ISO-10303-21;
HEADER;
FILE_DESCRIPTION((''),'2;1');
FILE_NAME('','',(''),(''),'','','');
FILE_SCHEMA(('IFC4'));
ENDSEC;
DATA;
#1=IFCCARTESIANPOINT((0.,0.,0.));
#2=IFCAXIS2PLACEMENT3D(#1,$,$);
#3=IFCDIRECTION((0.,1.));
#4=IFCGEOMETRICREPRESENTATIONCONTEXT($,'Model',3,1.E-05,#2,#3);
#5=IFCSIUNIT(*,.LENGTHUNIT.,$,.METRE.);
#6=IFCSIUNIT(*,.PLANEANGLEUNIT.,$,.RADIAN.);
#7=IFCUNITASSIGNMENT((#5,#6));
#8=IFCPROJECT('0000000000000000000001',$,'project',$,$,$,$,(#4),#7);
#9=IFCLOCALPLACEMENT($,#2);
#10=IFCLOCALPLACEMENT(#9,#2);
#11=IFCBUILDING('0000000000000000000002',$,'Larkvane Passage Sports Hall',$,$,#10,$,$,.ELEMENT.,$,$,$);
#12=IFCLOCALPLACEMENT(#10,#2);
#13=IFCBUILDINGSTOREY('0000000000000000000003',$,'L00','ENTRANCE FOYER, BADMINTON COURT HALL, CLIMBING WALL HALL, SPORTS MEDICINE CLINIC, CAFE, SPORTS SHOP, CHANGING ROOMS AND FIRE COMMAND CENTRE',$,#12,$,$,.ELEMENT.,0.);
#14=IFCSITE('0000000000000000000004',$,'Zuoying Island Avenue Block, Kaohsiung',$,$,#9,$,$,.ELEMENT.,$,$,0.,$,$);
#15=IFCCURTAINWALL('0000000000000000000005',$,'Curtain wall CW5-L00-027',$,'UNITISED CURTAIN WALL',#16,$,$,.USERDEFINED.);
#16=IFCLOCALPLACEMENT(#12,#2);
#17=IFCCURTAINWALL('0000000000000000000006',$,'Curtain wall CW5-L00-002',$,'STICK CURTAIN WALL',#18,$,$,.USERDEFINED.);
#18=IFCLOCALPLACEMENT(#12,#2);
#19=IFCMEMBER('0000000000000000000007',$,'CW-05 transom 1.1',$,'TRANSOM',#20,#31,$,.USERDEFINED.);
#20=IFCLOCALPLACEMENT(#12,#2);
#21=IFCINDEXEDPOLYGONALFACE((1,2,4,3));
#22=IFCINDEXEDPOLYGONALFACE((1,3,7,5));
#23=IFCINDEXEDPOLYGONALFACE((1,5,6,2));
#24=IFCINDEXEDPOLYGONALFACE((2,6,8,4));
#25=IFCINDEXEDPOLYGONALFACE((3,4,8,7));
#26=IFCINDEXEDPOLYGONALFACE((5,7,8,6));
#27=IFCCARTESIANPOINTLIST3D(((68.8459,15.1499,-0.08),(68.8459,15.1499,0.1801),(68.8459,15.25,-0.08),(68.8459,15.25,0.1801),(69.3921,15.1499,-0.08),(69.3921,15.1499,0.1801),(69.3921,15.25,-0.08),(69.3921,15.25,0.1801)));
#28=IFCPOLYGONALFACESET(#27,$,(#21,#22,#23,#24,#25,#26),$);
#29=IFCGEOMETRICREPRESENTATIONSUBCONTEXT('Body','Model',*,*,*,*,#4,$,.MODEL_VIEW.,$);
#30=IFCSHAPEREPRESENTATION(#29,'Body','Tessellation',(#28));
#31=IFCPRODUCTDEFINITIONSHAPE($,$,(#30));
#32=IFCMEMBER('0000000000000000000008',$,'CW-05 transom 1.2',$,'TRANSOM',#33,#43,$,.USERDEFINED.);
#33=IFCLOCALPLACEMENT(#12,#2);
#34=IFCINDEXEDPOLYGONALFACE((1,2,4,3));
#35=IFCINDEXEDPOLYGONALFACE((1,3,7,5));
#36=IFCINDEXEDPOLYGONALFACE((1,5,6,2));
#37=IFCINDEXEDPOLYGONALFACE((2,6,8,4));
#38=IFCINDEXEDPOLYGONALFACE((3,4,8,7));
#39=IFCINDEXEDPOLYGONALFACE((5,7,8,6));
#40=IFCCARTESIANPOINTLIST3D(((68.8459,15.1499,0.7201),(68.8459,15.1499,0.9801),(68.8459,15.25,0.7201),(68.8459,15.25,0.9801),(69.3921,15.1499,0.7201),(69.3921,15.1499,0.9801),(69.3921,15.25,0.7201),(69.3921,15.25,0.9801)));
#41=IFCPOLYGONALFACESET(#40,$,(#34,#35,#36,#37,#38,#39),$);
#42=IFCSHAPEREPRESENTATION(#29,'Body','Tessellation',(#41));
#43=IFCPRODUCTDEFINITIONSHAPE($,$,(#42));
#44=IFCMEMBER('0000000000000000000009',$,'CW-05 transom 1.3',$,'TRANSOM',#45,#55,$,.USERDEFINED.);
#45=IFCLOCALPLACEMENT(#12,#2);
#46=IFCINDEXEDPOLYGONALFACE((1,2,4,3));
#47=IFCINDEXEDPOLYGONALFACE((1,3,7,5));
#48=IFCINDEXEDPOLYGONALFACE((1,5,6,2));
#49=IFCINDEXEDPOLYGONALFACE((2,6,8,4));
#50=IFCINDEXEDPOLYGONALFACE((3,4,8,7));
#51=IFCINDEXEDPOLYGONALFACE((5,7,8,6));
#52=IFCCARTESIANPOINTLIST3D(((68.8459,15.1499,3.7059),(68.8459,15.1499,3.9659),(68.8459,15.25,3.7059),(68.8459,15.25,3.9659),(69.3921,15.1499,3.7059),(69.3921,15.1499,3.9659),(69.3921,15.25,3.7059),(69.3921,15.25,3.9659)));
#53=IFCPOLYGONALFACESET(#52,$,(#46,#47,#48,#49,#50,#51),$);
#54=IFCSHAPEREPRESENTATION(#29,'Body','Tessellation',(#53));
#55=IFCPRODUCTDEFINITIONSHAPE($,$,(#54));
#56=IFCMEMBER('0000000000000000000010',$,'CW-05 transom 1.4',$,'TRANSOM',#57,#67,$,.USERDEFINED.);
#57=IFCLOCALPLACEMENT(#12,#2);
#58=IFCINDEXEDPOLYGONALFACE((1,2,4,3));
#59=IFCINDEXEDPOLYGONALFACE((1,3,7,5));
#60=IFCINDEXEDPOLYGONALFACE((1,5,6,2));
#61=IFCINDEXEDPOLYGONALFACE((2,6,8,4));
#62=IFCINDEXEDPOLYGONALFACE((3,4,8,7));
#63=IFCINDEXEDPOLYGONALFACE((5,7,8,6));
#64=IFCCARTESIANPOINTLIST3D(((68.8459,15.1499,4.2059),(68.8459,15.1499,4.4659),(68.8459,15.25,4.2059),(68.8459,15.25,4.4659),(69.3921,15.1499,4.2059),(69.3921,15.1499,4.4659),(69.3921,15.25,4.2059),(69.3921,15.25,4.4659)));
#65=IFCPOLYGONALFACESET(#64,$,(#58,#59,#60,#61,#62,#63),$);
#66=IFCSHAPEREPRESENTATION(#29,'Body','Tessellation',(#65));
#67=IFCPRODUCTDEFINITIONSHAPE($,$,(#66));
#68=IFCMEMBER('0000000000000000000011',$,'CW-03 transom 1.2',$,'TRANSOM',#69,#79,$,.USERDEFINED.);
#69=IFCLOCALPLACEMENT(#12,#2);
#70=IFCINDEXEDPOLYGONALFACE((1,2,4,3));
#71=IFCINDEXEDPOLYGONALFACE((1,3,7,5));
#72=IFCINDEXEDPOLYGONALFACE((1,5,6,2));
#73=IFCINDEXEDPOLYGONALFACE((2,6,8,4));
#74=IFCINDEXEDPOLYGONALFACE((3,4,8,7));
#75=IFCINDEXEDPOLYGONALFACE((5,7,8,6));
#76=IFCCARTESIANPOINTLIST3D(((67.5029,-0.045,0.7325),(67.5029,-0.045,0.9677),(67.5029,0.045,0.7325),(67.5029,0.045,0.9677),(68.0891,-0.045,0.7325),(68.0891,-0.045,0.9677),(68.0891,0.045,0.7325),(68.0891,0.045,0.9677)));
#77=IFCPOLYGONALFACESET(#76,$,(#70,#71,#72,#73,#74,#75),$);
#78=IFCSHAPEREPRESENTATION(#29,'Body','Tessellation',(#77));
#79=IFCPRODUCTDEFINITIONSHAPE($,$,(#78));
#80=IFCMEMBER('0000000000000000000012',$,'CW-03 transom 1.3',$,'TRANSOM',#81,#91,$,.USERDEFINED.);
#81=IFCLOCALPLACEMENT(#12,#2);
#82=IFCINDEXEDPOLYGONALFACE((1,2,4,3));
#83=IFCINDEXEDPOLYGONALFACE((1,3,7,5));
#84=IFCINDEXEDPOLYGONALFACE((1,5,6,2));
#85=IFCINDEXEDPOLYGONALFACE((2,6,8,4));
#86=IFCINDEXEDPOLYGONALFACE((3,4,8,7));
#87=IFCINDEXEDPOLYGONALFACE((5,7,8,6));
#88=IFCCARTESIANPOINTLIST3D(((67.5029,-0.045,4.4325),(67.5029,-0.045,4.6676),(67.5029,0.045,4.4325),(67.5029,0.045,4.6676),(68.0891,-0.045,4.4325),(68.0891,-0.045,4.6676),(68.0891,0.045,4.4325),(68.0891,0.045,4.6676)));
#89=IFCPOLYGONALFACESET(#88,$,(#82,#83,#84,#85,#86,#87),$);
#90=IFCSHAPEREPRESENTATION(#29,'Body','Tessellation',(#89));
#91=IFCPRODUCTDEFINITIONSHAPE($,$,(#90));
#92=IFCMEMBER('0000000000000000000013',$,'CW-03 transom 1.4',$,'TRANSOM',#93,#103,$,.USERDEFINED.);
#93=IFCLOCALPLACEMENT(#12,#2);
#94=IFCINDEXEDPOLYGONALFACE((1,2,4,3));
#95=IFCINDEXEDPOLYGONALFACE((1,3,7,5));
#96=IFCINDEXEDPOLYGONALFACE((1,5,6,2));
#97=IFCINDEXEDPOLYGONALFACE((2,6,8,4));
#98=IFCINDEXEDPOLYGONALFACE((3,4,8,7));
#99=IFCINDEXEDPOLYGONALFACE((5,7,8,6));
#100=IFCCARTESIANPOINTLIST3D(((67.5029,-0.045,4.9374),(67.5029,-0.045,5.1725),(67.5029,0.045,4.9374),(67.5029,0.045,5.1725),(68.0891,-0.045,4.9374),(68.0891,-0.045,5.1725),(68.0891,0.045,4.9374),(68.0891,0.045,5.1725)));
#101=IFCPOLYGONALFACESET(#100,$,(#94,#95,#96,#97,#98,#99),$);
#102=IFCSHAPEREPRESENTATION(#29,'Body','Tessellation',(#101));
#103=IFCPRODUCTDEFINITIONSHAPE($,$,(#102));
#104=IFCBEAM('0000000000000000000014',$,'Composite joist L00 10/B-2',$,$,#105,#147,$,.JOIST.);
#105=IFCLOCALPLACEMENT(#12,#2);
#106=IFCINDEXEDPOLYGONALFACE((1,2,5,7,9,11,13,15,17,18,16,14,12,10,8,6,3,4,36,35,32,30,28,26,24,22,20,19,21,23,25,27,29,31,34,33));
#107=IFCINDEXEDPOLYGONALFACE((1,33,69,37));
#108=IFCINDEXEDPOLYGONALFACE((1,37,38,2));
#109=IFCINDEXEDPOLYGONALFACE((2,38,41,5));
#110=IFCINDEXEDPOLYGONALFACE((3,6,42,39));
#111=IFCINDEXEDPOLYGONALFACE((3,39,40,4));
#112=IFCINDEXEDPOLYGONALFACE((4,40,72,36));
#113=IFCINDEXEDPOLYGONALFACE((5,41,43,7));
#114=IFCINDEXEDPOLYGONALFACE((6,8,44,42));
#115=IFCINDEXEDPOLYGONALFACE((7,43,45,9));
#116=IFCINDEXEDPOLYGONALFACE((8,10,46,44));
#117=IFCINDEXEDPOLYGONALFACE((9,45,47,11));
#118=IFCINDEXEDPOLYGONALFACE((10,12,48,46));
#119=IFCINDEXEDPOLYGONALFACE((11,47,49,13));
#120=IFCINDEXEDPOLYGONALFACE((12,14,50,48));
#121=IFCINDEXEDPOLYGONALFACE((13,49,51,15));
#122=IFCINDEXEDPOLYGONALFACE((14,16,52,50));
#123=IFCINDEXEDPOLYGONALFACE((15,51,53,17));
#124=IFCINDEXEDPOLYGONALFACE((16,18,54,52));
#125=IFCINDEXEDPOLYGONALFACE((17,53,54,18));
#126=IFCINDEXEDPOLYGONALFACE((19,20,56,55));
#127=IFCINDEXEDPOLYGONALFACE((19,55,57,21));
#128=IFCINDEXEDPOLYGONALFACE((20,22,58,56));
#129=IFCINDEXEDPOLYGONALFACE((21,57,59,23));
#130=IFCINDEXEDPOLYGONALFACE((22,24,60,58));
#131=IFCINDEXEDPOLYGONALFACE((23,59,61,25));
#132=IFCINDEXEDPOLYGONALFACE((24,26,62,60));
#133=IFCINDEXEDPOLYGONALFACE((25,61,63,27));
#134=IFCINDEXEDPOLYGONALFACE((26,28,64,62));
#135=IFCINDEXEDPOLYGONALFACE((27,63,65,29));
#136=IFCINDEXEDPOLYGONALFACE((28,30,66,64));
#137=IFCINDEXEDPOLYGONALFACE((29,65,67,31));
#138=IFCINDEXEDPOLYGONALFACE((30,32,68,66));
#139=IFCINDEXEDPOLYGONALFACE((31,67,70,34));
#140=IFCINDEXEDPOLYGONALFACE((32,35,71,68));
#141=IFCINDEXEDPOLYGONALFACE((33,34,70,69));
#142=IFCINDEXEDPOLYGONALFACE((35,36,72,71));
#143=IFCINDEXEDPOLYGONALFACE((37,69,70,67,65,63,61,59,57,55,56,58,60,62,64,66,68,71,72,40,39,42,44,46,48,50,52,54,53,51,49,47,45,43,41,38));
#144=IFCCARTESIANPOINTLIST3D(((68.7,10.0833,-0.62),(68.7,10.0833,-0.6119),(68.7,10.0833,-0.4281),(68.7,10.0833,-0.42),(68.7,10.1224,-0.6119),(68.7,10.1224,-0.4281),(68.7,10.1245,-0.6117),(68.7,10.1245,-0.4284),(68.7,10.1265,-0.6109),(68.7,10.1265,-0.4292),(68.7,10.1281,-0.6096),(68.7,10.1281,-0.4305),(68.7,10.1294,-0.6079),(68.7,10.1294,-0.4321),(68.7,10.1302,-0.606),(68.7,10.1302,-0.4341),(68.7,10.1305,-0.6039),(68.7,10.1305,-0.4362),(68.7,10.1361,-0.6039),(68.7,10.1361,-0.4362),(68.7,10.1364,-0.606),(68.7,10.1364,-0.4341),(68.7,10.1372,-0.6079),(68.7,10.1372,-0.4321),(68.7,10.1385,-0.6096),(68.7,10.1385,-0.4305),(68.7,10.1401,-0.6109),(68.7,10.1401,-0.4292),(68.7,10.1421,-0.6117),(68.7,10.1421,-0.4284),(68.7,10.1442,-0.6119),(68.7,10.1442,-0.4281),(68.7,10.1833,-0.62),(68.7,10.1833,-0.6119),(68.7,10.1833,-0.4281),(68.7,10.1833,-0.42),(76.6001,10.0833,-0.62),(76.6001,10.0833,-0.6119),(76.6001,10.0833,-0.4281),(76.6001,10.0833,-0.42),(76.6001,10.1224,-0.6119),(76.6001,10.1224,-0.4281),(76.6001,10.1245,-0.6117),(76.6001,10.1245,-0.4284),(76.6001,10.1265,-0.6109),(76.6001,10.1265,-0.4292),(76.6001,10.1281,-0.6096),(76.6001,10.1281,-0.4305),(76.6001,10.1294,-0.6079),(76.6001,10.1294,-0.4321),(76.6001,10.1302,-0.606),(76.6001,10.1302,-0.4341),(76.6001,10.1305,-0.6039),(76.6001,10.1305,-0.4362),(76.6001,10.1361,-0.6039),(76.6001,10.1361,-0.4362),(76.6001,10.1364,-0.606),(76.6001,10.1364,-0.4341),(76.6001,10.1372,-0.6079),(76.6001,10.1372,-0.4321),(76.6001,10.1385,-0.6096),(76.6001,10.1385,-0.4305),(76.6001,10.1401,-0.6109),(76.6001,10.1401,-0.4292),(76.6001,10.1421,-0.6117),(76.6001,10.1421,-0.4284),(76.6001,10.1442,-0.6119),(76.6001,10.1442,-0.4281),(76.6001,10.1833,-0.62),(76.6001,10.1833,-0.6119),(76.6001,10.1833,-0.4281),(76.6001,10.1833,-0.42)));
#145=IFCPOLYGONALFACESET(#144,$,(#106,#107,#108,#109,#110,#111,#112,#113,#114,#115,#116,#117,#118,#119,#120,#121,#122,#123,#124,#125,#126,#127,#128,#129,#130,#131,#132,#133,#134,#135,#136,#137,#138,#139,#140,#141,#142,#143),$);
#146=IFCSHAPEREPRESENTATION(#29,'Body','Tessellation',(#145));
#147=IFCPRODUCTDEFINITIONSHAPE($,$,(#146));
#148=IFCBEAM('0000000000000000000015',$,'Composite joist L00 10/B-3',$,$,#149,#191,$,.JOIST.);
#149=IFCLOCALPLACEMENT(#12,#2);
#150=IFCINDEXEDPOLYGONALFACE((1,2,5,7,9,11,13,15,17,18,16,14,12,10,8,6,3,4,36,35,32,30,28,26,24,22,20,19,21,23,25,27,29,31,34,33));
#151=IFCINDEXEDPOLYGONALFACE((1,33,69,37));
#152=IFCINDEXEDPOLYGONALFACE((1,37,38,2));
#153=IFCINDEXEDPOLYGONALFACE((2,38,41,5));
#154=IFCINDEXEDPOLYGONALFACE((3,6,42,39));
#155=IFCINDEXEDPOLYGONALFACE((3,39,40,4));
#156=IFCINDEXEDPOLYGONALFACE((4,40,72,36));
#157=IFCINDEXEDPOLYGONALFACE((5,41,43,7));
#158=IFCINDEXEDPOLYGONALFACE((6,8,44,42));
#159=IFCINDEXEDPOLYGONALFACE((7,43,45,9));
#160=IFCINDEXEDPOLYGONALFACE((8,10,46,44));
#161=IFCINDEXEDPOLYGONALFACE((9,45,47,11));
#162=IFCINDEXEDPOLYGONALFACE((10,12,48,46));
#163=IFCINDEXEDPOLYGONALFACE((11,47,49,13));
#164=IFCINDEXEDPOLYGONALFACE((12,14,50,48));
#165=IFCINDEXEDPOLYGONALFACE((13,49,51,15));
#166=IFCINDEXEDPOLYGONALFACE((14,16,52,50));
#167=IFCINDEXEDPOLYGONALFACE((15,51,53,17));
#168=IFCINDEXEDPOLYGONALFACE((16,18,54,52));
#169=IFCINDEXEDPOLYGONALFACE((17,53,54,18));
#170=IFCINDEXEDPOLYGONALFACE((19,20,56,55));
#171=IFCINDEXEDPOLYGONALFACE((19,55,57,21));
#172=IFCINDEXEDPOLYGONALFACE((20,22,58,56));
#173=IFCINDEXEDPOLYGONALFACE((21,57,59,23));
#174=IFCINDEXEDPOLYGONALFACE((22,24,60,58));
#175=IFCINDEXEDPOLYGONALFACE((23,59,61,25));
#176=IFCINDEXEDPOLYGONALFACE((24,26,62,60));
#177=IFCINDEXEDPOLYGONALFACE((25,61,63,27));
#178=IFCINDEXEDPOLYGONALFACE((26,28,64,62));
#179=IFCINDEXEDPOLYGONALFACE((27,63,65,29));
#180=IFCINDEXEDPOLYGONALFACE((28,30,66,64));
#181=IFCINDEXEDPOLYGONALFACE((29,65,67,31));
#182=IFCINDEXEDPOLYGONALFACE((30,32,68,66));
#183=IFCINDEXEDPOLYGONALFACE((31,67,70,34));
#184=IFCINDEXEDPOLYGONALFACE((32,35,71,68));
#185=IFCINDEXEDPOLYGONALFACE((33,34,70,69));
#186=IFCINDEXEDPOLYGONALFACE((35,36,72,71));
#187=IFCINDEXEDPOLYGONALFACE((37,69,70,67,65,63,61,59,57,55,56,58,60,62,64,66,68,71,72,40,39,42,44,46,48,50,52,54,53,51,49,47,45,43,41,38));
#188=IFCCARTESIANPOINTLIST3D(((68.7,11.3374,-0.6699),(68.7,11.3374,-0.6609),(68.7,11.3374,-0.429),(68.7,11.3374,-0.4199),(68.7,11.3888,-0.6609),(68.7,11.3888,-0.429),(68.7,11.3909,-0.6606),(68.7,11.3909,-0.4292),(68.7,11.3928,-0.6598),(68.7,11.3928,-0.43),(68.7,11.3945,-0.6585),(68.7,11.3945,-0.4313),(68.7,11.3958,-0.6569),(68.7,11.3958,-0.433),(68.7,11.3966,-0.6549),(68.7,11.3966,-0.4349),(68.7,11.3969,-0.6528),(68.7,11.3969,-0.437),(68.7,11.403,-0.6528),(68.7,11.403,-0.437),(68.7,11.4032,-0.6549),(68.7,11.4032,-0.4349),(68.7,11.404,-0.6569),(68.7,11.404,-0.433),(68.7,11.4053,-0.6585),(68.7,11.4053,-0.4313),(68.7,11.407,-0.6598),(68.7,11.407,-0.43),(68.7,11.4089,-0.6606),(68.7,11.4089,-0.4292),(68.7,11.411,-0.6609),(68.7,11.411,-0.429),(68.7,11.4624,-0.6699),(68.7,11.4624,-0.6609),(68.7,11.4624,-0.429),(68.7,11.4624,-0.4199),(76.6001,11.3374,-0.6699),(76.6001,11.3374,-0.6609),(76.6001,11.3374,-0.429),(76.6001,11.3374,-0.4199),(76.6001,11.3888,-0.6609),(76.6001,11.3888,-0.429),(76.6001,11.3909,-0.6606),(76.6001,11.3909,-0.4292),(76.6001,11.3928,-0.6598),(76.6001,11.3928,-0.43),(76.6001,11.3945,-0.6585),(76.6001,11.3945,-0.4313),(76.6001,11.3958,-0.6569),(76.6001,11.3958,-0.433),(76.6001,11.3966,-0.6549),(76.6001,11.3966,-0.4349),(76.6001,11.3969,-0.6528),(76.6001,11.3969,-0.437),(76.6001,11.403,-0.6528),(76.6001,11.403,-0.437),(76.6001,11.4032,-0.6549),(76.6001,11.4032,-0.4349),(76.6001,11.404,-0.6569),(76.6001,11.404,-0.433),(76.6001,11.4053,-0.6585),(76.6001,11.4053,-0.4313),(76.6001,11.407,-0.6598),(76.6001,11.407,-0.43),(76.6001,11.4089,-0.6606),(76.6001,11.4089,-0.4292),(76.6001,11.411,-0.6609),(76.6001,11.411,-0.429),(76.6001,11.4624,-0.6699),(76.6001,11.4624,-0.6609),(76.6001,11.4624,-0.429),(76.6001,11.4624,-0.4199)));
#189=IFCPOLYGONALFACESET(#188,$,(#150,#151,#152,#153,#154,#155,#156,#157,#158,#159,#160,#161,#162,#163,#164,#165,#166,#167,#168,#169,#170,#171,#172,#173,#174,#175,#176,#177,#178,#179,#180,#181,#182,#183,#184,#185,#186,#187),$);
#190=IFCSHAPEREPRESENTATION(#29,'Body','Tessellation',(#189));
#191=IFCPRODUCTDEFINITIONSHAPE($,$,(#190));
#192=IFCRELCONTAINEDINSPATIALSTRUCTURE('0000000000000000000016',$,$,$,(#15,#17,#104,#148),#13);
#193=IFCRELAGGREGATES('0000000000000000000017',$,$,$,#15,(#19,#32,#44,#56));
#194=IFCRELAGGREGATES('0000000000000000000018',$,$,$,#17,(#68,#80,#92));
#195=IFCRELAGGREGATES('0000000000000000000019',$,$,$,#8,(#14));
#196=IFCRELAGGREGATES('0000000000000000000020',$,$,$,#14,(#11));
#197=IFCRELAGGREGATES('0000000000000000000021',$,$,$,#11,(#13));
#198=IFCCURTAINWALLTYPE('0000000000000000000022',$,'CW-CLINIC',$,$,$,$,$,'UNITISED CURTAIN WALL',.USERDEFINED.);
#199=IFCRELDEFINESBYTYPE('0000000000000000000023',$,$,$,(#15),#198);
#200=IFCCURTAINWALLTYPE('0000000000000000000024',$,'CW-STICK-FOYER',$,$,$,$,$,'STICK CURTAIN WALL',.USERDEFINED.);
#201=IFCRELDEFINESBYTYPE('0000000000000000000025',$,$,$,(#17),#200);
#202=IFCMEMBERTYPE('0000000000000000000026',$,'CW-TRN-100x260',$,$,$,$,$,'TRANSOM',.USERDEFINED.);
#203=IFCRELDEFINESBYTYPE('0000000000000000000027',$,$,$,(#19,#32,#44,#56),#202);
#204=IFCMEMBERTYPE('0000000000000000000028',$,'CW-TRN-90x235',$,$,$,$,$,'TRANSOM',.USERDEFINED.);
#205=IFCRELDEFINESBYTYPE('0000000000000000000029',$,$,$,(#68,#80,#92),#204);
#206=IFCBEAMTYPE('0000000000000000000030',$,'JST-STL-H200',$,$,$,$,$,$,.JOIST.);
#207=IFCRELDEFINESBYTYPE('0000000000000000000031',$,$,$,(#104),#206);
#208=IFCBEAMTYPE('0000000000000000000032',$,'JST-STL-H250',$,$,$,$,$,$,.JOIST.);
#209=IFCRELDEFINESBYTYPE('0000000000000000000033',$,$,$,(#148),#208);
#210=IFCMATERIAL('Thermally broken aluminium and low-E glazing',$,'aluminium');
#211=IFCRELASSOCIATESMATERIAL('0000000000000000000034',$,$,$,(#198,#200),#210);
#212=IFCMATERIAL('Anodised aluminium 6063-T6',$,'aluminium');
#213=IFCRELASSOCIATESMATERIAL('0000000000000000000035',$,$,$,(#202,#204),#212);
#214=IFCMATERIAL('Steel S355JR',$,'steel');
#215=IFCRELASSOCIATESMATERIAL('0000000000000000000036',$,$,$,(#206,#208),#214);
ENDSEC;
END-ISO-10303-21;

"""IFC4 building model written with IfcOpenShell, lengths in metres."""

from ifc_helpers import new_model, si_unit, direction, frame, origin, origin_2d, place, context, subcontext, project, spatial, rectangle, i_section, extrude, material, material_profile, profile_set, type_object, element, aggregate, save


model = new_model("IFC4")

# Units and contexts
model_context = context("Model", 3, precision=1e-05, world=origin(), true_north=direction((0.0, 1.0)))
body_context = subcontext(model_context, "Body", "Model", "MODEL_VIEW")
ifc_project = project(units=[si_unit("LENGTHUNIT", "METRE"), si_unit("PLANEANGLEUNIT", "RADIAN")], contexts=[model_context])

# Site, building, storey
site_placement = place(None, origin())
site = spatial("IfcSite", under=ifc_project, at=site_placement, Name="Zuoying Island Avenue Block, Kaohsiung", CompositionType="ELEMENT", RefElevation=0.0)
building_placement = place(site_placement, origin())
building = spatial("IfcBuilding", under=site, at=building_placement, Name="Larkvane Passage Sports Hall", CompositionType="ELEMENT")
storey_placement = place(building_placement, origin())
storey = spatial("IfcBuildingStorey", under=building, at=storey_placement, Name="L00", Description="ENTRANCE FOYER, BADMINTON COURT HALL, CLIMBING WALL HALL, SPORTS MEDICINE CLINIC, CAFE, SPORTS SHOP, CHANGING ROOMS AND FIRE COMMAND CENTRE", CompositionType="ELEMENT", Elevation=0.0)

# Curtain walls
ifc_material_1 = material(Name="Thermally broken aluminium and low-E glazing", Category="aluminium")
curtain_wall_type_1 = type_object("IfcCurtainWallType", Name="CW-CLINIC", ElementType="UNITISED CURTAIN WALL", PredefinedType="USERDEFINED", material=ifc_material_1)
curtain_wall_1_placement = place(storey_placement, origin())
curtain_wall_1 = element("IfcCurtainWall", 1, at=curtain_wall_1_placement, inside=storey, type_object=curtain_wall_type_1, Name="Curtain wall CW5-L00-027", ObjectType="UNITISED CURTAIN WALL", PredefinedType="USERDEFINED")
ifc_material_2 = material(Name="Anodised aluminium 6063-T6", Category="aluminium")
curtain_wall_type_2 = type_object("IfcCurtainWallType", Name="CW-STICK-FOYER", ElementType="STICK CURTAIN WALL", PredefinedType="USERDEFINED", material=ifc_material_1)
curtain_wall_2_placement = place(storey_placement, origin())
curtain_wall_2 = element("IfcCurtainWall", 2, at=curtain_wall_2_placement, inside=storey, type_object=curtain_wall_type_2, Name="Curtain wall CW5-L00-002", ObjectType="STICK CURTAIN WALL", PredefinedType="USERDEFINED")

# Members
ifc_material_profile_1 = material_profile(ifc_material_2, rectangle(XDim=0.1001, YDim=0.26, at=origin_2d()), Name="ALU-TRN-100x260")
ifc_profile_set_1 = profile_set([ifc_material_profile_1], Name="Anodised aluminium 6063-T6")
member_type_1 = type_object("IfcMemberType", Name="CW-TRN-100x260", ElementType="TRANSOM", PredefinedType="USERDEFINED", material=ifc_profile_set_1)
member_1_placement = place(storey_placement, frame((68.8459, 15.2, 0.05), z_axis=(1.0, 0.0, 0.0), x_axis=(0.0, 1.0, 0.0)))
member_1 = element("IfcMember", 3, at=member_1_placement, type_object=member_type_1, Name="CW-05 transom 1.1", ObjectType="TRANSOM", PredefinedType="USERDEFINED", context=body_context, shape_type="SweptSolid", body=[
    extrude(rectangle(XDim=0.1001, YDim=0.26, at=origin_2d()), origin(), (0.0, 0.0, 1.0), 0.5461),
])
member_2_placement = place(storey_placement, frame((68.8459, 15.2, 0.8501), z_axis=(1.0, 0.0, 0.0), x_axis=(0.0, 1.0, 0.0)))
member_2 = element("IfcMember", 4, at=member_2_placement, type_object=member_type_1, Name="CW-05 transom 1.2", ObjectType="TRANSOM", PredefinedType="USERDEFINED", context=body_context, shape_type="SweptSolid", body=[
    extrude(rectangle(XDim=0.1001, YDim=0.26, at=origin_2d()), origin(), (0.0, 0.0, 1.0), 0.5461),
])
member_3_placement = place(storey_placement, frame((68.8459, 15.2, 3.8359), z_axis=(1.0, 0.0, 0.0), x_axis=(0.0, 1.0, 0.0)))
member_3 = element("IfcMember", 5, at=member_3_placement, type_object=member_type_1, Name="CW-05 transom 1.3", ObjectType="TRANSOM", PredefinedType="USERDEFINED", context=body_context, shape_type="SweptSolid", body=[
    extrude(rectangle(XDim=0.1001, YDim=0.26, at=origin_2d()), origin(), (0.0, 0.0, 1.0), 0.5461),
])
member_4_placement = place(storey_placement, frame((68.8459, 15.2, 4.3359), z_axis=(1.0, 0.0, 0.0), x_axis=(0.0, 1.0, 0.0)))
member_4 = element("IfcMember", 6, at=member_4_placement, type_object=member_type_1, Name="CW-05 transom 1.4", ObjectType="TRANSOM", PredefinedType="USERDEFINED", context=body_context, shape_type="SweptSolid", body=[
    extrude(rectangle(XDim=0.1001, YDim=0.26, at=origin_2d()), origin(), (0.0, 0.0, 1.0), 0.5461),
])
aggregate(curtain_wall_1, [member_1, member_2, member_3, member_4])
ifc_material_profile_2 = material_profile(ifc_material_2, rectangle(XDim=0.0901, YDim=0.2351, at=origin_2d()), Name="ALU-TRN-90x235")
ifc_profile_set_2 = profile_set([ifc_material_profile_2], Name="Anodised aluminium 6063-T6")
member_type_2 = type_object("IfcMemberType", Name="CW-TRN-90x235", ElementType="TRANSOM", PredefinedType="USERDEFINED", material=ifc_profile_set_2)
member_5_placement = place(storey_placement, frame((68.0891, 0.0, 0.8501), z_axis=(-1.0, 0.0, 0.0), x_axis=(0.0, -1.0, 0.0)))
member_5 = element("IfcMember", 7, at=member_5_placement, type_object=member_type_2, Name="CW-03 transom 1.2", ObjectType="TRANSOM", PredefinedType="USERDEFINED", context=body_context, shape_type="SweptSolid", body=[
    extrude(rectangle(XDim=0.0901, YDim=0.2351, at=origin_2d()), origin(), (0.0, 0.0, 1.0), 0.5862),
])
member_6_placement = place(storey_placement, frame((68.0891, 0.0, 4.55), z_axis=(-1.0, 0.0, 0.0), x_axis=(0.0, -1.0, 0.0)))
member_6 = element("IfcMember", 8, at=member_6_placement, type_object=member_type_2, Name="CW-03 transom 1.3", ObjectType="TRANSOM", PredefinedType="USERDEFINED", context=body_context, shape_type="SweptSolid", body=[
    extrude(rectangle(XDim=0.0901, YDim=0.2351, at=origin_2d()), origin(), (0.0, 0.0, 1.0), 0.5862),
])
member_7_placement = place(storey_placement, frame((68.0891, 0.0, 5.0549), z_axis=(-1.0, 0.0, 0.0), x_axis=(0.0, -1.0, 0.0)))
member_7 = element("IfcMember", 9, at=member_7_placement, type_object=member_type_2, Name="CW-03 transom 1.4", ObjectType="TRANSOM", PredefinedType="USERDEFINED", context=body_context, shape_type="SweptSolid", body=[
    extrude(rectangle(XDim=0.0901, YDim=0.2351, at=origin_2d()), origin(), (0.0, 0.0, 1.0), 0.5862),
])
aggregate(curtain_wall_2, [member_5, member_6, member_7])

# Beams
ifc_material_3 = material(Name="Steel S355JR", Category="steel")
ifc_material_profile_3 = material_profile(ifc_material_3, i_section(OverallWidth=0.1001, OverallDepth=0.2, WebThickness=0.0056, FlangeThickness=0.0081, FilletRadius=0.0081, at=origin_2d()), Name="H-200x100x5.5x8")
ifc_profile_set_3 = profile_set([ifc_material_profile_3], Name="Steel S355JR")
beam_type_1 = type_object("IfcBeamType", Name="JST-STL-H200", PredefinedType="JOIST", material=ifc_profile_set_3)
beam_1_placement = place(storey_placement, frame((68.7, 10.1333, -0.52), z_axis=(1.0, 0.0, 0.0), x_axis=(0.0, 1.0, 0.0)))
element("IfcBeam", 10, at=beam_1_placement, inside=storey, type_object=beam_type_1, Name="Composite joist L00 10/B-2", PredefinedType="JOIST", context=body_context, shape_type="SweptSolid", body=[
    extrude(i_section(OverallWidth=0.1001, OverallDepth=0.2, WebThickness=0.0056, FlangeThickness=0.0081, FilletRadius=0.0081, at=origin_2d()), origin(), (0.0, 0.0, 1.0), 7.9001),
])
ifc_material_profile_4 = material_profile(ifc_material_3, i_section(OverallWidth=0.125, OverallDepth=0.25, WebThickness=0.0061, FlangeThickness=0.009, FilletRadius=0.0081, at=origin_2d()), Name="H-250x125x6x9")
ifc_profile_set_4 = profile_set([ifc_material_profile_4], Name="Steel S355JR")
beam_type_2 = type_object("IfcBeamType", Name="JST-STL-H250", PredefinedType="JOIST", material=ifc_profile_set_4)
beam_2_placement = place(storey_placement, frame((68.7, 11.3999, -0.5449), z_axis=(1.0, 0.0, 0.0), x_axis=(0.0, 1.0, 0.0)))
element("IfcBeam", 11, at=beam_2_placement, inside=storey, type_object=beam_type_2, Name="Composite joist L00 10/B-3", PredefinedType="JOIST", context=body_context, shape_type="SweptSolid", body=[
    extrude(i_section(OverallWidth=0.125, OverallDepth=0.25, WebThickness=0.0061, FlangeThickness=0.009, FilletRadius=0.0081, at=origin_2d()), origin(), (0.0, 0.0, 1.0), 7.9001),
])

save(model, "model.ifc")
